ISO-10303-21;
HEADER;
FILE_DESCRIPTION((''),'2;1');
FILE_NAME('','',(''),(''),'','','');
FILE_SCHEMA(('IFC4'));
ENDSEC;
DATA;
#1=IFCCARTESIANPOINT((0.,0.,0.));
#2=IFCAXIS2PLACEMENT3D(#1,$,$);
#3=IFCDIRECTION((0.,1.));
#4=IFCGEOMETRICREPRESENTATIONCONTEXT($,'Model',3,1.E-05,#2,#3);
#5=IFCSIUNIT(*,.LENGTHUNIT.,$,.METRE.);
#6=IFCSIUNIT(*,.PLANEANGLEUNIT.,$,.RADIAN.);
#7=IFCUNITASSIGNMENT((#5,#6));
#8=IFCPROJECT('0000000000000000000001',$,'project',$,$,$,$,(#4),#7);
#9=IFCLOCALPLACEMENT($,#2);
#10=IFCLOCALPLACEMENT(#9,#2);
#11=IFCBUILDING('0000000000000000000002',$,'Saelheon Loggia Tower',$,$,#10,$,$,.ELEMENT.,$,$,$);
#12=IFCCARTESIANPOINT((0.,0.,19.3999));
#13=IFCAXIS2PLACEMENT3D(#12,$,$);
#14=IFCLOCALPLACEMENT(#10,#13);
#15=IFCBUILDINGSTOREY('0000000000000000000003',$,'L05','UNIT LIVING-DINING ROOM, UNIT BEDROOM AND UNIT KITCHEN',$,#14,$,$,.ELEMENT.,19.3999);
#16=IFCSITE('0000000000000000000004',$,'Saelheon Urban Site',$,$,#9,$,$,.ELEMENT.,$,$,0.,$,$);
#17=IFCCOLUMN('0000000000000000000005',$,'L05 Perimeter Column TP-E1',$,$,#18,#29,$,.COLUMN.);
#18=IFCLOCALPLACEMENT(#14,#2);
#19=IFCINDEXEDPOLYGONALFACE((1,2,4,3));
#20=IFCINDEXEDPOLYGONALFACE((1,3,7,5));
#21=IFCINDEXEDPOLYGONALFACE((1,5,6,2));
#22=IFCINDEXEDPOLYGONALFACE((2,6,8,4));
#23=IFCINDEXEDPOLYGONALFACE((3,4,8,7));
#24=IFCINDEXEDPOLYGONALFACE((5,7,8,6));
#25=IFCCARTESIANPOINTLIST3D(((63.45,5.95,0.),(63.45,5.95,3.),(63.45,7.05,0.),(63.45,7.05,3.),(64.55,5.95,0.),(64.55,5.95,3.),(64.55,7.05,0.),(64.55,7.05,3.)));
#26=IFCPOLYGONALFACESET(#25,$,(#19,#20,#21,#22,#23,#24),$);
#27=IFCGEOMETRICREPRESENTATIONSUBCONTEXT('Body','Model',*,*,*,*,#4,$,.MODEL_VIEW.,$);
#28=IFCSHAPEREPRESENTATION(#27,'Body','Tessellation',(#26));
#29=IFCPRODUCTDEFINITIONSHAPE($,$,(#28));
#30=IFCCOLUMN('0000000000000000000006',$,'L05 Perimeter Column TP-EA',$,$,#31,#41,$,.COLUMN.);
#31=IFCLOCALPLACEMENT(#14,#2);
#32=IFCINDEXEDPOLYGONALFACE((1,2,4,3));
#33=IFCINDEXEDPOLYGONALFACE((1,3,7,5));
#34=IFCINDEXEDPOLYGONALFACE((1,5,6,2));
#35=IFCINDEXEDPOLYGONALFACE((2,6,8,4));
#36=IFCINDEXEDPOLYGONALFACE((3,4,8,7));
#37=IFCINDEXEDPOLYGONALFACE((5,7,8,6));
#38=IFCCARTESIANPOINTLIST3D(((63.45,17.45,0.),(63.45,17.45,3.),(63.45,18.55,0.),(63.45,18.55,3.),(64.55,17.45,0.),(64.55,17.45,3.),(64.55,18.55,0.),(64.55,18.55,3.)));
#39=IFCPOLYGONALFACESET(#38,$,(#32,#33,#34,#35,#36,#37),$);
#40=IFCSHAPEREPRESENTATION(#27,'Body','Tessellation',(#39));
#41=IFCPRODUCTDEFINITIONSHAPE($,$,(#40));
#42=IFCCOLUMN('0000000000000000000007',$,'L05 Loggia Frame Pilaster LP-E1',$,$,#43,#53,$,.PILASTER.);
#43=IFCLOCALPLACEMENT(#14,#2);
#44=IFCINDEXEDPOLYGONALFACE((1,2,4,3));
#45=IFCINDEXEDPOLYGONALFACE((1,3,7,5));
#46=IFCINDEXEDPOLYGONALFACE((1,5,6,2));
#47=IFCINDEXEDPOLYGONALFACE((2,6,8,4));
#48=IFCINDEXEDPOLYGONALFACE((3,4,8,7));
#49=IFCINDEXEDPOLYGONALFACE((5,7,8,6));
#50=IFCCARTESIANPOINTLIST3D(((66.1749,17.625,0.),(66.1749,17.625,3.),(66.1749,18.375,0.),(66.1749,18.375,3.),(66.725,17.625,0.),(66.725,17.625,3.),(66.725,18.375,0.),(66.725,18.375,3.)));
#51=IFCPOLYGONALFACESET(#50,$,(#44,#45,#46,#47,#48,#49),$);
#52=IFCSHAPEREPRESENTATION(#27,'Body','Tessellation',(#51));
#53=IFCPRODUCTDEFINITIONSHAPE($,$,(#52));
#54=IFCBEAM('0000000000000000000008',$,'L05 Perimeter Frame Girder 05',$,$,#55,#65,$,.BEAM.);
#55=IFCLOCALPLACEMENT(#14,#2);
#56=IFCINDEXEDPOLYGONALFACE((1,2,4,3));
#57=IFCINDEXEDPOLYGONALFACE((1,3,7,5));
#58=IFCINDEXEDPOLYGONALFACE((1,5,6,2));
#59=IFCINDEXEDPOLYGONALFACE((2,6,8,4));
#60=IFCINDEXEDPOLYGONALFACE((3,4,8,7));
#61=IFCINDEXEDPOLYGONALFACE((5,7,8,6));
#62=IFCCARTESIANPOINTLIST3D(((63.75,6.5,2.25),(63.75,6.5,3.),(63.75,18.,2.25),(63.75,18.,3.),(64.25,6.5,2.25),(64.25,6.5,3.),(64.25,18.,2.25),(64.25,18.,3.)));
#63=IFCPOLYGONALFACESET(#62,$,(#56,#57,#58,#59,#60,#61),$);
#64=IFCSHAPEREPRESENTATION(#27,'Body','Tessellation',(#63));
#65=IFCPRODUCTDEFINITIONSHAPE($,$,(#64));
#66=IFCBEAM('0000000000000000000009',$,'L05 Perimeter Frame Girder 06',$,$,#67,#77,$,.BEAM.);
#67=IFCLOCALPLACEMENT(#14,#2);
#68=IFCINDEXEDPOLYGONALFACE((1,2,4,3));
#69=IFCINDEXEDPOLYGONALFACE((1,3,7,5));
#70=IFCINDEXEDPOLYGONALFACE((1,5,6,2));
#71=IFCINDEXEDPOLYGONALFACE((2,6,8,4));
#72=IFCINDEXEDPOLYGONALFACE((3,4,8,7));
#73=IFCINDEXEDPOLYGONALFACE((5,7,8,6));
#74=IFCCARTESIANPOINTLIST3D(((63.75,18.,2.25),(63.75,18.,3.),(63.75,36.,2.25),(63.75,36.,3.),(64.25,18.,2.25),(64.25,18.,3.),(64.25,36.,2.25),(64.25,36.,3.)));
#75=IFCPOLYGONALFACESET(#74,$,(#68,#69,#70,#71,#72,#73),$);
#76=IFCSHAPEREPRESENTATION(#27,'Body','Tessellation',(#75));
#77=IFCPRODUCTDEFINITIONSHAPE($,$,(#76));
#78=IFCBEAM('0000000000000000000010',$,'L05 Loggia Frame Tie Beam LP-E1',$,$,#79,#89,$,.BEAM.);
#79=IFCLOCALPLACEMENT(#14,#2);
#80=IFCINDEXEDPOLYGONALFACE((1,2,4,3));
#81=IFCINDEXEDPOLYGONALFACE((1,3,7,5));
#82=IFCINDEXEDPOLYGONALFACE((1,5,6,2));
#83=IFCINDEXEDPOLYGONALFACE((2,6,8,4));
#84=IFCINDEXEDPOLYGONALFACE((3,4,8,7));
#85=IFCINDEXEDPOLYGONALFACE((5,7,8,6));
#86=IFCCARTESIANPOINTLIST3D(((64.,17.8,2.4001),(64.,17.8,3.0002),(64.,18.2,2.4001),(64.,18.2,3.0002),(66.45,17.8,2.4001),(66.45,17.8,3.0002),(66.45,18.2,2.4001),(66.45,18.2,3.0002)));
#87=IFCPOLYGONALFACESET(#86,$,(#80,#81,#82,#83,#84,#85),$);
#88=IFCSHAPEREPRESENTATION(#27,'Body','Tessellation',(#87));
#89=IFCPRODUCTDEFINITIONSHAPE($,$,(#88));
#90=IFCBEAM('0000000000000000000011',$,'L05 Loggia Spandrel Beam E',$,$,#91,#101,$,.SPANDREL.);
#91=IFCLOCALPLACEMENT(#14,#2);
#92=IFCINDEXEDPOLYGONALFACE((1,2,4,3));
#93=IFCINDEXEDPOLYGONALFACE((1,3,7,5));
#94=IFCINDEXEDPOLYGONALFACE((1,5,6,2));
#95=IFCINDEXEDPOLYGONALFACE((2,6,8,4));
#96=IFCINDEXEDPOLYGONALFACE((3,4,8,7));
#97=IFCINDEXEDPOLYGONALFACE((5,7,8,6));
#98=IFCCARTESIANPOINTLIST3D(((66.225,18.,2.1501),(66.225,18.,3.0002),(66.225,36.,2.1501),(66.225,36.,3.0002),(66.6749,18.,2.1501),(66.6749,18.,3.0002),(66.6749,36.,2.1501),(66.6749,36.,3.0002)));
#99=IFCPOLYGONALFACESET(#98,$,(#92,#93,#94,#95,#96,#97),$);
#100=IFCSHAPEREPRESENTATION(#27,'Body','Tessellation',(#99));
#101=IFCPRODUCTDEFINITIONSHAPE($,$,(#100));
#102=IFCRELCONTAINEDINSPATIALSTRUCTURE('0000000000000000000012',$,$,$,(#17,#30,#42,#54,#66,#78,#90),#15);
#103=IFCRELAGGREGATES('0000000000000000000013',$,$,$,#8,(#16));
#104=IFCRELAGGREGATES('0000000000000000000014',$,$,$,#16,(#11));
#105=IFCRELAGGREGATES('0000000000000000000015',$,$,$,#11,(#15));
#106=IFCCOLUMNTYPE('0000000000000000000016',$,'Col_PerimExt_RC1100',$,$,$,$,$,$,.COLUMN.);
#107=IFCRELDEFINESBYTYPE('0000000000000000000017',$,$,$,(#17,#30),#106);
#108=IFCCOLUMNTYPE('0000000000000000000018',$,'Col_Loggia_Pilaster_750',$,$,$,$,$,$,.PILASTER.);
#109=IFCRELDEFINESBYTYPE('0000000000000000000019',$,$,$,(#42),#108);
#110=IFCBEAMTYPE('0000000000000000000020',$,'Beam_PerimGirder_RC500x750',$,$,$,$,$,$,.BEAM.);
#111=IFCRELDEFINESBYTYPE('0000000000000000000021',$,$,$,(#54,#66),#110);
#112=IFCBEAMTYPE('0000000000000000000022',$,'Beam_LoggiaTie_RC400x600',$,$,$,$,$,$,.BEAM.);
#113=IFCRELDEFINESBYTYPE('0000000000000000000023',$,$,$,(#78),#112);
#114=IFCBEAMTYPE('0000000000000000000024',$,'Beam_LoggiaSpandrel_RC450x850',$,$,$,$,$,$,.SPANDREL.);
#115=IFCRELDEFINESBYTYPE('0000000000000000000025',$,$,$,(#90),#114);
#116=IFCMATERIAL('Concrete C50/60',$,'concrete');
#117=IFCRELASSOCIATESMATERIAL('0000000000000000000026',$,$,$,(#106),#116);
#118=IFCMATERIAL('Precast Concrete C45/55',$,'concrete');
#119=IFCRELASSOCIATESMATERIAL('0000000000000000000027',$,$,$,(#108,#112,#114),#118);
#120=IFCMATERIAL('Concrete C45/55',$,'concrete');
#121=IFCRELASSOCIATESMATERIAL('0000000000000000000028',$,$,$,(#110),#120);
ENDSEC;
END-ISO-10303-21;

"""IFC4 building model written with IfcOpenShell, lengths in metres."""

from ifc_helpers import new_model, si_unit, direction, frame, origin, origin_2d, place, context, subcontext, project, spatial, rectangle, extrude, source, transform, mapped, material, material_profile, profile_set, type_object, element, save


model = new_model("IFC4")

# Units and contexts
model_context = context("Model", 3, precision=1e-05, world=origin(), true_north=direction((0.0, 1.0)))
body_context = subcontext(model_context, "Body", "Model", "MODEL_VIEW")
ifc_project = project(units=[si_unit("LENGTHUNIT", "METRE"), si_unit("PLANEANGLEUNIT", "RADIAN")], contexts=[model_context])

# Site, building, storey
site_placement = place(None, origin())
site = spatial("IfcSite", under=ifc_project, at=site_placement, Name="Saelheon Urban Site", CompositionType="ELEMENT", RefElevation=0.0)
building_placement = place(site_placement, origin())
building = spatial("IfcBuilding", under=site, at=building_placement, Name="Saelheon Loggia Tower", CompositionType="ELEMENT")
storey_placement = place(building_placement, frame((0.0, 0.0, 19.3999)))
storey = spatial("IfcBuildingStorey", under=building, at=storey_placement, Name="L05", Description="UNIT LIVING-DINING ROOM, UNIT BEDROOM AND UNIT KITCHEN", CompositionType="ELEMENT", Elevation=19.3999)

# Columns
ifc_material_1 = material(Name="Concrete C50/60", Category="concrete")
ifc_material_profile_1 = material_profile(ifc_material_1, rectangle(XDim=1.1001, YDim=1.1001, at=origin_2d()), Name="RC-1100x1100")
ifc_profile_set_1 = profile_set([ifc_material_profile_1], Name="Concrete C50/60")
column_type_1 = type_object("IfcColumnType", Name="Col_PerimExt_RC1100", PredefinedType="COLUMN", material=ifc_profile_set_1)
shared_shape_1 = source(origin(), body_context, "Body", "SweptSolid", [
    extrude(rectangle(XDim=1.1001, YDim=1.1001, at=origin_2d()), origin(), (0.0, 0.0, 1.0), 3.0),
])
for number, where, z_axis, x_axis, name in (
    (1, (64.0, 6.5, 0.0), (0.0, 0.0, 1.0), (1.0, 0.0, 0.0), "L05 Perimeter Column TP-E1"),
    (2, (64.0, 18.0, 0.0), (0.0, 0.0, 1.0), (1.0, 0.0, 0.0), "L05 Perimeter Column TP-EA"),
):
    element("IfcColumn", number, at=place(storey_placement, frame(where, z_axis=z_axis, x_axis=x_axis)), inside=storey, type_object=column_type_1, Name=name, PredefinedType="COLUMN", context=body_context, shape_type="MappedRepresentation", body=[
        mapped(shared_shape_1, transform((0.0, 0.0, 0.0), scale=1.0)),
    ])
ifc_material_2 = material(Name="Precast Concrete C45/55", Category="concrete")
ifc_material_profile_2 = material_profile(ifc_material_2, rectangle(XDim=0.55, YDim=0.75, at=origin_2d()), Name="RC-550x750")
ifc_profile_set_2 = profile_set([ifc_material_profile_2], Name="Precast Concrete C45/55")
column_type_2 = type_object("IfcColumnType", Name="Col_Loggia_Pilaster_750", PredefinedType="PILASTER", material=ifc_profile_set_2)
shared_shape_2 = source(origin(), body_context, "Body", "SweptSolid", [
    extrude(rectangle(XDim=0.55, YDim=0.75, at=origin_2d()), origin(), (0.0, 0.0, 1.0), 3.0),
])
column_placement = place(storey_placement, frame((66.45, 18.0, 0.0), z_axis=(0.0, 0.0, 1.0), x_axis=(1.0, 0.0, 0.0)))
element("IfcColumn", 3, at=column_placement, inside=storey, type_object=column_type_2, Name="L05 Loggia Frame Pilaster LP-E1", PredefinedType="PILASTER", context=body_context, shape_type="MappedRepresentation", body=[
    mapped(shared_shape_2, transform((0.0, 0.0, 0.0), scale=1.0)),
])

# Beams
ifc_material_3 = material(Name="Concrete C45/55", Category="concrete")
ifc_material_profile_3 = material_profile(ifc_material_3, rectangle(XDim=0.5, YDim=0.75, at=origin_2d()), Name="RC-500x750")
ifc_profile_set_3 = profile_set([ifc_material_profile_3], Name="Concrete C45/55")
beam_type_1 = type_object("IfcBeamType", Name="Beam_PerimGirder_RC500x750", PredefinedType="BEAM", material=ifc_profile_set_3)
shared_shape_3 = source(origin(), body_context, "Body", "SweptSolid", [
    extrude(rectangle(XDim=0.5, YDim=0.75, at=origin_2d()), origin(), (0.0, 0.0, 1.0), 11.5),
])
beam_1_placement = place(storey_placement, frame((64.0, 6.5, 2.625), z_axis=(0.0, 1.0, 0.0), x_axis=(-1.0, 0.0, 0.0)))
element("IfcBeam", 4, at=beam_1_placement, inside=storey, type_object=beam_type_1, Name="L05 Perimeter Frame Girder 05", PredefinedType="BEAM", context=body_context, shape_type="MappedRepresentation", body=[
    mapped(shared_shape_3, transform((0.0, 0.0, 0.0), scale=1.0)),
])
shared_shape_4 = source(origin(), body_context, "Body", "SweptSolid", [
    extrude(rectangle(XDim=0.5, YDim=0.75, at=origin_2d()), origin(), (0.0, 0.0, 1.0), 18.0),
])
beam_2_placement = place(storey_placement, frame((64.0, 18.0, 2.625), z_axis=(0.0, 1.0, 0.0), x_axis=(-1.0, 0.0, 0.0)))
element("IfcBeam", 5, at=beam_2_placement, inside=storey, type_object=beam_type_1, Name="L05 Perimeter Frame Girder 06", PredefinedType="BEAM", context=body_context, shape_type="MappedRepresentation", body=[
    mapped(shared_shape_4, transform((0.0, 0.0, 0.0), scale=1.0)),
])
ifc_material_profile_4 = material_profile(ifc_material_2, rectangle(XDim=0.3999, YDim=0.6001, at=origin_2d()), Name="RC-400x600")
ifc_profile_set_4 = profile_set([ifc_material_profile_4], Name="Precast Concrete C45/55")
beam_type_2 = type_object("IfcBeamType", Name="Beam_LoggiaTie_RC400x600", PredefinedType="BEAM", material=ifc_profile_set_4)
shared_shape_5 = source(origin(), body_context, "Body", "SweptSolid", [
    extrude(rectangle(XDim=0.3999, YDim=0.6001, at=origin_2d()), origin(), (0.0, 0.0, 1.0), 2.45),
])
beam_3_placement = place(storey_placement, frame((64.0, 18.0, 2.7002), z_axis=(1.0, 0.0, 0.0), x_axis=(0.0, 1.0, 0.0)))
element("IfcBeam", 6, at=beam_3_placement, inside=storey, type_object=beam_type_2, Name="L05 Loggia Frame Tie Beam LP-E1", PredefinedType="BEAM", context=body_context, shape_type="MappedRepresentation", body=[
    mapped(shared_shape_5, transform((0.0, 0.0, 0.0), scale=1.0)),
])
ifc_material_profile_5 = material_profile(ifc_material_2, rectangle(XDim=0.45, YDim=0.8501, at=origin_2d()), Name="RC-450x850")
ifc_profile_set_5 = profile_set([ifc_material_profile_5], Name="Precast Concrete C45/55")
beam_type_3 = type_object("IfcBeamType", Name="Beam_LoggiaSpandrel_RC450x850", PredefinedType="SPANDREL", material=ifc_profile_set_5)
shared_shape_6 = source(origin(), body_context, "Body", "SweptSolid", [
    extrude(rectangle(XDim=0.45, YDim=0.8501, at=origin_2d()), origin(), (0.0, 0.0, 1.0), 18.0),
])
beam_4_placement = place(storey_placement, frame((66.45, 18.0, 2.5752), z_axis=(0.0, 1.0, 0.0), x_axis=(-1.0, 0.0, 0.0)))
element("IfcBeam", 7, at=beam_4_placement, inside=storey, type_object=beam_type_3, Name="L05 Loggia Spandrel Beam E", PredefinedType="SPANDREL", context=body_context, shape_type="MappedRepresentation", body=[
    mapped(shared_shape_6, transform((0.0, 0.0, 0.0), scale=1.0)),
])

save(model, "model.ifc")
